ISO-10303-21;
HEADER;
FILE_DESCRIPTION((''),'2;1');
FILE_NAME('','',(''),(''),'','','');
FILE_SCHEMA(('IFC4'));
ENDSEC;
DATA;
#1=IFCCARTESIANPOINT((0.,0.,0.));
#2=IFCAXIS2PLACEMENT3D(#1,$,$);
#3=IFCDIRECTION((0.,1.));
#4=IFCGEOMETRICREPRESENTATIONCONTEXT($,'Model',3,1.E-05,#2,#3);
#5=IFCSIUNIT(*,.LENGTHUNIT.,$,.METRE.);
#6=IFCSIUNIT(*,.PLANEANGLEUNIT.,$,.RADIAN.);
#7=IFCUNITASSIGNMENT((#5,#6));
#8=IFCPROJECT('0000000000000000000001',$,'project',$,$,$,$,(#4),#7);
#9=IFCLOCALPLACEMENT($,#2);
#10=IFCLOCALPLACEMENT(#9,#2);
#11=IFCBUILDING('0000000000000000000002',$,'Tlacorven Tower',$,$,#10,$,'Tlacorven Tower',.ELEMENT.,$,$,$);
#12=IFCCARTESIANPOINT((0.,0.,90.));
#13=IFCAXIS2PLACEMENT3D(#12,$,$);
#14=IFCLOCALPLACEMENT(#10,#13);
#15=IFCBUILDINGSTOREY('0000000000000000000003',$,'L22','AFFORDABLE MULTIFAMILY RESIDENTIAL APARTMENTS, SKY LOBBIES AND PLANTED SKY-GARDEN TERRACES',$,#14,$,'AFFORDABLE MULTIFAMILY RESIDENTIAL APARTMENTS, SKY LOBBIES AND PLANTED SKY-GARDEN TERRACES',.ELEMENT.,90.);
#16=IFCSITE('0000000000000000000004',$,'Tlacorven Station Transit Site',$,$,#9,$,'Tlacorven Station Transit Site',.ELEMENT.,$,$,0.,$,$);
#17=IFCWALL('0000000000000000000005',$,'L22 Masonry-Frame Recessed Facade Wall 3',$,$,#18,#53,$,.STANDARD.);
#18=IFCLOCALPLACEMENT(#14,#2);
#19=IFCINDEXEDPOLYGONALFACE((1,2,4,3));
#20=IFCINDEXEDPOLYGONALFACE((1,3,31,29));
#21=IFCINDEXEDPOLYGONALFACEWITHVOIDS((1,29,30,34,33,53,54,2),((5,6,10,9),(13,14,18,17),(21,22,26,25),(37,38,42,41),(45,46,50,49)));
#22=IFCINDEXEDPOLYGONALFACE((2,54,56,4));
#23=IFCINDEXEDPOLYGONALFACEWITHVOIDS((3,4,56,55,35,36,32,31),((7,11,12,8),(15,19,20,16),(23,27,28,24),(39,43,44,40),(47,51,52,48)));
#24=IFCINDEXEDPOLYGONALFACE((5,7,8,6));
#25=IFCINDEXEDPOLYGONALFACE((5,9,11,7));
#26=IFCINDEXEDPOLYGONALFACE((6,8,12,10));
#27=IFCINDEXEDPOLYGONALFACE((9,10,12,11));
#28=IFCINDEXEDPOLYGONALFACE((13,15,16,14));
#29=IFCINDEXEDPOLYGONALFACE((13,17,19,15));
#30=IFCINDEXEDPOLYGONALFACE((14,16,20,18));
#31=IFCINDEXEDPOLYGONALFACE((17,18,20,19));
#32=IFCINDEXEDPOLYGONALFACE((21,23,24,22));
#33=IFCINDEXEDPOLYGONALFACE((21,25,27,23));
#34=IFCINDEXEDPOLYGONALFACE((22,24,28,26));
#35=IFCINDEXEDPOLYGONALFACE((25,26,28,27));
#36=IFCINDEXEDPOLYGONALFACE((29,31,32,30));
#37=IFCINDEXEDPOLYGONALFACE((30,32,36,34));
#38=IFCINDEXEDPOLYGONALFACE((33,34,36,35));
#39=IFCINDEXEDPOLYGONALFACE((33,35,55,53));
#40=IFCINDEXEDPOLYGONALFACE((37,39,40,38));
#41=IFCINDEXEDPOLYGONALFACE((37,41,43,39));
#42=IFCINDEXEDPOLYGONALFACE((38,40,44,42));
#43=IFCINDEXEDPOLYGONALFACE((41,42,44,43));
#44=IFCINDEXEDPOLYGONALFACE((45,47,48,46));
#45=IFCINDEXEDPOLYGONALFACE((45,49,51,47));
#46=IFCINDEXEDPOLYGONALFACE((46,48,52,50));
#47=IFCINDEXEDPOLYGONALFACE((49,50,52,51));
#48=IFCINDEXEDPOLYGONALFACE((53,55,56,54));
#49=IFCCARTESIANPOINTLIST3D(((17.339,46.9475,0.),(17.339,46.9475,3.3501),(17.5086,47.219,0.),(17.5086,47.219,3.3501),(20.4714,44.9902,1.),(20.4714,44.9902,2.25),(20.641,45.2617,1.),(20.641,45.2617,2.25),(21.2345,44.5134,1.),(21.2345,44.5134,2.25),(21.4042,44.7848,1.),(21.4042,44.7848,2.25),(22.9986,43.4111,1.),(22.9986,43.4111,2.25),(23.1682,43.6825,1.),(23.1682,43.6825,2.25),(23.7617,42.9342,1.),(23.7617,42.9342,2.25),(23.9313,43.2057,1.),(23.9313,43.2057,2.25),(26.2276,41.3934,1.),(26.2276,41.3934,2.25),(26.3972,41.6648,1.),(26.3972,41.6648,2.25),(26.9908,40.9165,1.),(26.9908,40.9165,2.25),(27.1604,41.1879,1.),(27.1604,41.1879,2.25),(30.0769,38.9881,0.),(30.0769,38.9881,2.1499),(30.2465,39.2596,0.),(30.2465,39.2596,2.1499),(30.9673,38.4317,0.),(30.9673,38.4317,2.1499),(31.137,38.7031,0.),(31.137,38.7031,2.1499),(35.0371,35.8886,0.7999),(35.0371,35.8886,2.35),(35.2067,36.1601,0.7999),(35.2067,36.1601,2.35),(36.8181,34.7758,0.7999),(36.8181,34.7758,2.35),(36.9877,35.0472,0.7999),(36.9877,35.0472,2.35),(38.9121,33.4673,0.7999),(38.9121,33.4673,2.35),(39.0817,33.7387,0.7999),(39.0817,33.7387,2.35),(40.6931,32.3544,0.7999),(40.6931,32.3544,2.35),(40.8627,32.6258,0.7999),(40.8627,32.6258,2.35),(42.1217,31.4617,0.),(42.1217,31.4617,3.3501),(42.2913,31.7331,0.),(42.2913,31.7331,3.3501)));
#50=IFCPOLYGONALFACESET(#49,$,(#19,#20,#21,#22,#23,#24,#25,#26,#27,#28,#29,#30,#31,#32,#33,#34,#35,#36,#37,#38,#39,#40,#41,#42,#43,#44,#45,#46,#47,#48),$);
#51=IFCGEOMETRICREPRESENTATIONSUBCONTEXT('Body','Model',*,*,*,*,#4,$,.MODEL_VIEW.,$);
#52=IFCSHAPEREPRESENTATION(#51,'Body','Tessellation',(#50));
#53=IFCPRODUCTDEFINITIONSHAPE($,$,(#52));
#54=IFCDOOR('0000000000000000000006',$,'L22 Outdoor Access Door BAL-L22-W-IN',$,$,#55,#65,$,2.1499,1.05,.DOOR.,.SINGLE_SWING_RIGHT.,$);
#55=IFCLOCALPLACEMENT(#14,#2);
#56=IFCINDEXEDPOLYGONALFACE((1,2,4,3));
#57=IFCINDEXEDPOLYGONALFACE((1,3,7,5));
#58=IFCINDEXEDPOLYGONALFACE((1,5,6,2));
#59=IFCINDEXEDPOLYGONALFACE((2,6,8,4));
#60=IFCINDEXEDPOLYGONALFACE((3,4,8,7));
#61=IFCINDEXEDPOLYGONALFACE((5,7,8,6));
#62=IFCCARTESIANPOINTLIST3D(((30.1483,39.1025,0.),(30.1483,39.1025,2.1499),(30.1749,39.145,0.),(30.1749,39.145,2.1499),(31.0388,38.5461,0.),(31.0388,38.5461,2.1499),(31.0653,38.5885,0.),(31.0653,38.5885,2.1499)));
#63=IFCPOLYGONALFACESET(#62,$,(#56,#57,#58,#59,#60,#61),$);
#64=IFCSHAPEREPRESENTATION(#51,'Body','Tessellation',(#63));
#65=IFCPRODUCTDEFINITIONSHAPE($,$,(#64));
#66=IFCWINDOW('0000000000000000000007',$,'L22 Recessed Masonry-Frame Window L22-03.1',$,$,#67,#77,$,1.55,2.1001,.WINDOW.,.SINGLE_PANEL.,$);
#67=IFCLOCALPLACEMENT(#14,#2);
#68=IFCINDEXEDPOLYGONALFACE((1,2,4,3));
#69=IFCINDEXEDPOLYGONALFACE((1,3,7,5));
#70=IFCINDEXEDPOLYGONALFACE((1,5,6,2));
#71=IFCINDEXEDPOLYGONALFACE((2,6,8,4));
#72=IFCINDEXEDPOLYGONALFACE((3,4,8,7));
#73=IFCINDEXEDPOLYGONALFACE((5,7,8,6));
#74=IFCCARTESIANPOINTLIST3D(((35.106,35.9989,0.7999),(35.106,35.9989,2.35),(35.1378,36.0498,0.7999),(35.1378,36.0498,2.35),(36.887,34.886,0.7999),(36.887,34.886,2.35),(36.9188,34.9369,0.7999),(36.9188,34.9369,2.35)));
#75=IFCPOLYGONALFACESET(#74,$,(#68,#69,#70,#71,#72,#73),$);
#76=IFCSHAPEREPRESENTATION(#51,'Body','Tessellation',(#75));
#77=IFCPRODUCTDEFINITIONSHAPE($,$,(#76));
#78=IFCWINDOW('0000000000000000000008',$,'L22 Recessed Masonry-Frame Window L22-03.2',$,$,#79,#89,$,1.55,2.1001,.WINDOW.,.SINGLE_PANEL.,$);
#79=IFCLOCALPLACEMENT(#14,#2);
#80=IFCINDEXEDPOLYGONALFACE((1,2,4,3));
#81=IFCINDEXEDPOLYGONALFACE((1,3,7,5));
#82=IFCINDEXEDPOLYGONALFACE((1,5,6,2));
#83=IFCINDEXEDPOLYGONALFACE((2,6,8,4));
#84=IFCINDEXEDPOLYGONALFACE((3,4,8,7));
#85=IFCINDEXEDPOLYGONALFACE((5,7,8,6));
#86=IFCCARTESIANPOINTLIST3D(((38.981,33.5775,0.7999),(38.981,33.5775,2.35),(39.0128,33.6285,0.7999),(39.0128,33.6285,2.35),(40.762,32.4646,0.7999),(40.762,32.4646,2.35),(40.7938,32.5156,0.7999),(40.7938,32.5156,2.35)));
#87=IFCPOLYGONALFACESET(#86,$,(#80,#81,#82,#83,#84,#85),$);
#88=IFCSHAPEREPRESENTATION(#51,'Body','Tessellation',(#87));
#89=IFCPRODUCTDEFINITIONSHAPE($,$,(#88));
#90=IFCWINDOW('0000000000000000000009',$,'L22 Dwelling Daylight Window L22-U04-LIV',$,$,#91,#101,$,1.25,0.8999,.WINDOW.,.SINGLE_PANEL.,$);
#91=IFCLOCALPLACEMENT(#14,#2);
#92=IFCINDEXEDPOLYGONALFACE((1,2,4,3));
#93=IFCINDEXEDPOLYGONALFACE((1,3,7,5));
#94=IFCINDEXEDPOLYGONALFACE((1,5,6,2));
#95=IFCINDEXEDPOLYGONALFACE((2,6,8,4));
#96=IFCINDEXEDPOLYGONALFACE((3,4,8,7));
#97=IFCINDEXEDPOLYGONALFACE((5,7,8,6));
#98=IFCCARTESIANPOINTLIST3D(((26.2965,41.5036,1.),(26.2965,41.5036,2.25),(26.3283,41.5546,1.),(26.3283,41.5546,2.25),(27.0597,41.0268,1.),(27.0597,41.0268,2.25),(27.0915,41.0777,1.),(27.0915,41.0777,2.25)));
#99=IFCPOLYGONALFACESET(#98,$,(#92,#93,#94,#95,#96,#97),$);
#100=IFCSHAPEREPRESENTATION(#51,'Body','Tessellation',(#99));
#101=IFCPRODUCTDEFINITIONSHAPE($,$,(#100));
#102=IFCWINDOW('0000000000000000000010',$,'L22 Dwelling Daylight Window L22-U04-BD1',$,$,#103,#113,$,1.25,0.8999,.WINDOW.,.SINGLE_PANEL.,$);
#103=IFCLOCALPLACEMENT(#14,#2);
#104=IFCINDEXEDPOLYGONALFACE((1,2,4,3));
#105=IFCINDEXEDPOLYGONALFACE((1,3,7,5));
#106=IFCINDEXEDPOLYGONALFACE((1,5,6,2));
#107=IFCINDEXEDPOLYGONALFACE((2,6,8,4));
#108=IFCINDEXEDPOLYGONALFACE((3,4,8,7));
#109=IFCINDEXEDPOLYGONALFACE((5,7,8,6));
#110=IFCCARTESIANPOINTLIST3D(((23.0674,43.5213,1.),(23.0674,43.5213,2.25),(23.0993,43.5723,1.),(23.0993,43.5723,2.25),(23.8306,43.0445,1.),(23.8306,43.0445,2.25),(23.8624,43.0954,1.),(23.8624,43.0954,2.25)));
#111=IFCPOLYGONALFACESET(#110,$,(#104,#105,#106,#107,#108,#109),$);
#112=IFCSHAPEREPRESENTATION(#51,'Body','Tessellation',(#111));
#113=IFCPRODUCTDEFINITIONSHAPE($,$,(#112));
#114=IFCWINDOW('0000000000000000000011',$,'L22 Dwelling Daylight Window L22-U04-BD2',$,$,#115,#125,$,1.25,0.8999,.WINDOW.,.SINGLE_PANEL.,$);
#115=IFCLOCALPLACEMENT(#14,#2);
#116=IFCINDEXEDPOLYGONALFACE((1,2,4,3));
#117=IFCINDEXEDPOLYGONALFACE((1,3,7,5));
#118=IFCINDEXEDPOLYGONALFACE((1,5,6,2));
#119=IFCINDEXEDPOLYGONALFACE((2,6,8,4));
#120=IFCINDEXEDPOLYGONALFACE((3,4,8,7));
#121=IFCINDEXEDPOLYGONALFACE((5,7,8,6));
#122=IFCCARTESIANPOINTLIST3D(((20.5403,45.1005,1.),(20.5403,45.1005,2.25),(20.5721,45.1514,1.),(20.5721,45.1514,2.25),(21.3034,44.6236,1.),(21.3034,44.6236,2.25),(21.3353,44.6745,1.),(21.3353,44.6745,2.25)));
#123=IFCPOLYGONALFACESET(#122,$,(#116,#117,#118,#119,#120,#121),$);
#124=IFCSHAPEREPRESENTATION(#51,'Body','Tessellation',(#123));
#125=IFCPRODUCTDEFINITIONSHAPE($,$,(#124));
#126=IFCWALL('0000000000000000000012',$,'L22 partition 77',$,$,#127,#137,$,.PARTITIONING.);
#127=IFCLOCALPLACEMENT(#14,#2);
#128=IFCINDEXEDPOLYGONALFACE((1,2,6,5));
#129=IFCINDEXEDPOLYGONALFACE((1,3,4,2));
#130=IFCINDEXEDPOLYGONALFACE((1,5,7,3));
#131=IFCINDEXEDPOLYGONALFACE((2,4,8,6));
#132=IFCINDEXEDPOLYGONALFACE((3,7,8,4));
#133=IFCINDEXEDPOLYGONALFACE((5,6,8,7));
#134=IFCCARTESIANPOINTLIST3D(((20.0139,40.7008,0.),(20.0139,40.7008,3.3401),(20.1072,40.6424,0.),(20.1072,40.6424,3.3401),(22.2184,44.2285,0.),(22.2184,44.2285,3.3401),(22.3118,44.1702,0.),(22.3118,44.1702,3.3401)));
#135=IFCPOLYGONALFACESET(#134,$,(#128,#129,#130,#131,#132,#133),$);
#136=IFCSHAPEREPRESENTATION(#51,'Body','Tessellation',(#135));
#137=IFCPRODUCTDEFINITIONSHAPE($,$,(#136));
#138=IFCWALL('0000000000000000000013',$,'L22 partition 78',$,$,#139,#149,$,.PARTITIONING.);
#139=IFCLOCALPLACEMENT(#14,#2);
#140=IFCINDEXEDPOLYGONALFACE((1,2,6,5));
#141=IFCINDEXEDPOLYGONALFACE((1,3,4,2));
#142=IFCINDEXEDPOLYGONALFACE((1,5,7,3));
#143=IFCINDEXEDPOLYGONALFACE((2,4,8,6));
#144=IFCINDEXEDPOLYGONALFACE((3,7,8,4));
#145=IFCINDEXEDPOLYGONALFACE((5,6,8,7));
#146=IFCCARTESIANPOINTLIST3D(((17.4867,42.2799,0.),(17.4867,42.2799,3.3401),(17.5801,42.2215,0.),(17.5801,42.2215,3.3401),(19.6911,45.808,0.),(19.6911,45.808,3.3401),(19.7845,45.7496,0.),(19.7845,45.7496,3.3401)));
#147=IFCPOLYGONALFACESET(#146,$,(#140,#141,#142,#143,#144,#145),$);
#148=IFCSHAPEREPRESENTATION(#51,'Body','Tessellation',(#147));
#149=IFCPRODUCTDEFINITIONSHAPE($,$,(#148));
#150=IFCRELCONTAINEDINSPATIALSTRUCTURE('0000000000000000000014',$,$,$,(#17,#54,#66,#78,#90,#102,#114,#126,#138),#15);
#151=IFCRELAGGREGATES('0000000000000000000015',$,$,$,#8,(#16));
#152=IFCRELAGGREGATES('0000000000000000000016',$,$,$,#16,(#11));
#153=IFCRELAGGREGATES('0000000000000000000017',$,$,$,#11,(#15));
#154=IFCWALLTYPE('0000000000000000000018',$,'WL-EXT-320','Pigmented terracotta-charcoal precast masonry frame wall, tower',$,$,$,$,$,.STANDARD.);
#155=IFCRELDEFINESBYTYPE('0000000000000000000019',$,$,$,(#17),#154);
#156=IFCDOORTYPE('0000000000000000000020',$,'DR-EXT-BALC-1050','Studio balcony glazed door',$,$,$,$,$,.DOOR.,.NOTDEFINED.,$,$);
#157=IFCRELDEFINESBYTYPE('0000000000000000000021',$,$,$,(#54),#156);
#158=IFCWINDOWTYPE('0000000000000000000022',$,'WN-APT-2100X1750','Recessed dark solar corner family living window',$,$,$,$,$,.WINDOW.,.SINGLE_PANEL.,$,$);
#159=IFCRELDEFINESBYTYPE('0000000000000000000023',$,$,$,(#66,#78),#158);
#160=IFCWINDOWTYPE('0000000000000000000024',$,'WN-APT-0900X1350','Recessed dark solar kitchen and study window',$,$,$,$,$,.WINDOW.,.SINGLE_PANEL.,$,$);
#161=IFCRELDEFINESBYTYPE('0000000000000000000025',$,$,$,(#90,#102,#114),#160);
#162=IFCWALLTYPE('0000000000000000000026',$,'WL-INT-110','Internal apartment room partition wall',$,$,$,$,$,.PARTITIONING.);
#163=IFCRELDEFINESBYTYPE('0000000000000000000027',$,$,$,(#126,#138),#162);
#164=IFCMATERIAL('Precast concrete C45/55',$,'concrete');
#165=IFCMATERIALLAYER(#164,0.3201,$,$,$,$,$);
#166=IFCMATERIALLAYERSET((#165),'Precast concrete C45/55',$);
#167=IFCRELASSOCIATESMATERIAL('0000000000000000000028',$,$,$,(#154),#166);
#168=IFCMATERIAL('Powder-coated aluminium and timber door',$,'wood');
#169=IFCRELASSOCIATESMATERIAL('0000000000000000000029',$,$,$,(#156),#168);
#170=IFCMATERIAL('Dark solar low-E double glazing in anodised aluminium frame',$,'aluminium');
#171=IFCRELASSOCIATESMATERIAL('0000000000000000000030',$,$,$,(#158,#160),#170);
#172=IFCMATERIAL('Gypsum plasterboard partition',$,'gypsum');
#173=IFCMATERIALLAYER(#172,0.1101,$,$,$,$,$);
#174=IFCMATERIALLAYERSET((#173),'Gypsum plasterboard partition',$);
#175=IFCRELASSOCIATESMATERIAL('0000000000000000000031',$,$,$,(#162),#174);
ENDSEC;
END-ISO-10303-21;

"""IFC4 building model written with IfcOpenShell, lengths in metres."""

from ifc_helpers import new_model, si_unit, direction, frame, frame_2d, origin, place, context, subcontext, project, spatial, rectangle, extrude, source, transform, mapped, material, layer, layer_set, type_object, element, fill, save


model = new_model("IFC4")

# Units and contexts
model_context = context("Model", 3, precision=1e-05, world=origin(), true_north=direction((0.0, 1.0)))
body_context = subcontext(model_context, "Body", "Model", "MODEL_VIEW")
ifc_project = project(units=[si_unit("LENGTHUNIT", "METRE"), si_unit("PLANEANGLEUNIT", "RADIAN")], contexts=[model_context])

# Site, building, storey
site_placement = place(None, origin())
site = spatial("IfcSite", under=ifc_project, at=site_placement, Name="Tlacorven Station Transit Site", LongName="Tlacorven Station Transit Site", CompositionType="ELEMENT", RefElevation=0.0)
building_placement = place(site_placement, origin())
building = spatial("IfcBuilding", under=site, at=building_placement, Name="Tlacorven Tower", LongName="Tlacorven Tower", CompositionType="ELEMENT")
storey_placement = place(building_placement, frame((0.0, 0.0, 90.0)))
storey = spatial("IfcBuildingStorey", under=building, at=storey_placement, Name="L22", Description="AFFORDABLE MULTIFAMILY RESIDENTIAL APARTMENTS, SKY LOBBIES AND PLANTED SKY-GARDEN TERRACES", LongName="AFFORDABLE MULTIFAMILY RESIDENTIAL APARTMENTS, SKY LOBBIES AND PLANTED SKY-GARDEN TERRACES", CompositionType="ELEMENT", Elevation=90.0)

# Wall, openings, door, windows
ifc_material_1 = material(Name="Precast concrete C45/55", Category="concrete")
ifc_layer_1 = layer(ifc_material_1, 0.3201)
ifc_layer_set_1 = layer_set([ifc_layer_1], Name="Precast concrete C45/55")
wall_type_1 = type_object("IfcWallType", Name="WL-EXT-320", Description="Pigmented terracotta-charcoal precast masonry frame wall, tower", PredefinedType="STANDARD", material=ifc_layer_set_1)
wall_1_placement = place(storey_placement, frame((17.4238, 47.0833, 0.0), z_axis=(0.0, 0.0, 1.0), x_axis=(0.84805, -0.529916, 0.0)))
wall_1 = element("IfcWall", 1, at=wall_1_placement, inside=storey, type_object=wall_type_1, Name="L22 Masonry-Frame Recessed Facade Wall 3", PredefinedType="STANDARD", context=body_context, shape_type="SweptSolid", body=[
    extrude(rectangle(XDim=29.2231, YDim=0.3201, at=frame_2d((14.6116, 0.0))), origin(), (0.0, 0.0, 1.0), 3.3501),
])
opening_1_placement = place(wall_1_placement, frame((15.0203, 0.0, 0.0)))
opening_1 = element("IfcOpeningElement", 2, at=opening_1_placement, cuts=wall_1, PredefinedType="OPENING", context=body_context, shape_type="SweptSolid", body=[
    extrude(rectangle(XDim=1.05, YDim=2.1499, at=frame_2d((0.5249, 1.075))), frame((0.0, 0.1699, 0.0), z_axis=(0.0, -1.0, 0.0), x_axis=(1.0, 0.0, 0.0)), (0.0, 0.0, 1.0), 0.3401),
])
opening_2_placement = place(wall_1_placement, frame((20.8691, 0.0, 0.8)))
opening_2 = element("IfcOpeningElement", 3, at=opening_2_placement, cuts=wall_1, PredefinedType="OPENING", context=body_context, shape_type="SweptSolid", body=[
    extrude(rectangle(XDim=2.1001, YDim=1.55, at=frame_2d((1.05, 0.7749))), frame((0.0, 0.1699, 0.0), z_axis=(0.0, -1.0, 0.0), x_axis=(1.0, 0.0, 0.0)), (0.0, 0.0, 1.0), 0.3401),
])
opening_3_placement = place(wall_1_placement, frame((25.4385, 0.0, 0.8)))
opening_3 = element("IfcOpeningElement", 4, at=opening_3_placement, cuts=wall_1, PredefinedType="OPENING", context=body_context, shape_type="SweptSolid", body=[
    extrude(rectangle(XDim=2.1001, YDim=1.55, at=frame_2d((1.05, 0.7749))), frame((0.0, 0.1699, 0.0), z_axis=(0.0, -1.0, 0.0), x_axis=(1.0, 0.0, 0.0)), (0.0, 0.0, 1.0), 0.3401),
])
opening_4_placement = place(wall_1_placement, frame((10.4812, 0.0, 1.0)))
opening_4 = element("IfcOpeningElement", 5, at=opening_4_placement, cuts=wall_1, PredefinedType="OPENING", context=body_context, shape_type="SweptSolid", body=[
    extrude(rectangle(XDim=0.8999, YDim=1.25, at=frame_2d((0.45, 0.625))), frame((0.0, 0.1699, 0.0), z_axis=(0.0, -1.0, 0.0), x_axis=(1.0, 0.0, 0.0)), (0.0, 0.0, 1.0), 0.3401),
])
opening_5_placement = place(wall_1_placement, frame((6.6736, 0.0, 1.0)))
opening_5 = element("IfcOpeningElement", 6, at=opening_5_placement, cuts=wall_1, PredefinedType="OPENING", context=body_context, shape_type="SweptSolid", body=[
    extrude(rectangle(XDim=0.8999, YDim=1.25, at=frame_2d((0.45, 0.625))), frame((0.0, 0.1699, 0.0), z_axis=(0.0, -1.0, 0.0), x_axis=(1.0, 0.0, 0.0)), (0.0, 0.0, 1.0), 0.3401),
])
opening_6_placement = place(wall_1_placement, frame((3.6936, 0.0, 1.0)))
opening_6 = element("IfcOpeningElement", 7, at=opening_6_placement, cuts=wall_1, PredefinedType="OPENING", context=body_context, shape_type="SweptSolid", body=[
    extrude(rectangle(XDim=0.8999, YDim=1.25, at=frame_2d((0.45, 0.625))), frame((0.0, 0.1699, 0.0), z_axis=(0.0, -1.0, 0.0), x_axis=(1.0, 0.0, 0.0)), (0.0, 0.0, 1.0), 0.3401),
])
ifc_material_2 = material(Name="Powder-coated aluminium and timber door", Category="wood")
door_type = type_object("IfcDoorType", Name="DR-EXT-BALC-1050", Description="Studio balcony glazed door", OperationType="NOTDEFINED", PredefinedType="DOOR", material=ifc_material_2)
shared_shape_1 = source(origin(), body_context, "Body", "SweptSolid", [
    extrude(rectangle(XDim=1.05, YDim=2.1499, at=frame_2d((0.5249, 1.075))), frame((0.0, 0.0249, 0.0), z_axis=(0.0, -1.0, 0.0), x_axis=(1.0, 0.0, 0.0)), (0.0, 0.0, 1.0), 0.05),
])
door_placement = place(opening_1_placement, origin())
door = element("IfcDoor", 8, at=door_placement, inside=storey, type_object=door_type, Name="L22 Outdoor Access Door BAL-L22-W-IN", OperationType="SINGLE_SWING_RIGHT", OverallHeight=2.1499, OverallWidth=1.05, PredefinedType="DOOR", context=body_context, shape_type="MappedRepresentation", body=[
    mapped(shared_shape_1, transform((0.0, 0.0, 0.0), scale=1.0)),
])
fill(opening_1, door)
ifc_material_3 = material(Name="Dark solar low-E double glazing in anodised aluminium frame", Category="aluminium")
window_type_1 = type_object("IfcWindowType", Name="WN-APT-2100X1750", Description="Recessed dark solar corner family living window", PartitioningType="SINGLE_PANEL", PredefinedType="WINDOW", material=ifc_material_3)
shared_shape_2 = source(origin(), body_context, "Body", "SweptSolid", [
    extrude(rectangle(XDim=2.1001, YDim=1.55, at=frame_2d((1.05, 0.7749))), frame((0.0, 0.03, 0.0), z_axis=(0.0, -1.0, 0.0), x_axis=(1.0, 0.0, 0.0)), (0.0, 0.0, 1.0), 0.0601),
])
window_1_placement = place(opening_2_placement, origin())
window_1 = element("IfcWindow", 9, at=window_1_placement, inside=storey, type_object=window_type_1, Name="L22 Recessed Masonry-Frame Window L22-03.1", OverallHeight=1.55, OverallWidth=2.1001, PartitioningType="SINGLE_PANEL", PredefinedType="WINDOW", context=body_context, shape_type="MappedRepresentation", body=[
    mapped(shared_shape_2, transform((0.0, 0.0, 0.0), scale=1.0)),
])
fill(opening_2, window_1)
window_2_placement = place(opening_3_placement, origin())
window_2 = element("IfcWindow", 10, at=window_2_placement, inside=storey, type_object=window_type_1, Name="L22 Recessed Masonry-Frame Window L22-03.2", OverallHeight=1.55, OverallWidth=2.1001, PartitioningType="SINGLE_PANEL", PredefinedType="WINDOW", context=body_context, shape_type="MappedRepresentation", body=[
    mapped(shared_shape_2, transform((0.0, 0.0, 0.0), scale=1.0)),
])
fill(opening_3, window_2)
window_type_2 = type_object("IfcWindowType", Name="WN-APT-0900X1350", Description="Recessed dark solar kitchen and study window", PartitioningType="SINGLE_PANEL", PredefinedType="WINDOW", material=ifc_material_3)
shared_shape_3 = source(origin(), body_context, "Body", "SweptSolid", [
    extrude(rectangle(XDim=0.8999, YDim=1.25, at=frame_2d((0.45, 0.625))), frame((0.0, 0.03, 0.0), z_axis=(0.0, -1.0, 0.0), x_axis=(1.0, 0.0, 0.0)), (0.0, 0.0, 1.0), 0.0601),
])
window_3_placement = place(opening_4_placement, origin())
window_3 = element("IfcWindow", 11, at=window_3_placement, inside=storey, type_object=window_type_2, Name="L22 Dwelling Daylight Window L22-U04-LIV", OverallHeight=1.25, OverallWidth=0.8999, PartitioningType="SINGLE_PANEL", PredefinedType="WINDOW", context=body_context, shape_type="MappedRepresentation", body=[
    mapped(shared_shape_3, transform((0.0, 0.0, 0.0), scale=1.0)),
])
fill(opening_4, window_3)
window_4_placement = place(opening_5_placement, origin())
window_4 = element("IfcWindow", 12, at=window_4_placement, inside=storey, type_object=window_type_2, Name="L22 Dwelling Daylight Window L22-U04-BD1", OverallHeight=1.25, OverallWidth=0.8999, PartitioningType="SINGLE_PANEL", PredefinedType="WINDOW", context=body_context, shape_type="MappedRepresentation", body=[
    mapped(shared_shape_3, transform((0.0, 0.0, 0.0), scale=1.0)),
])
fill(opening_5, window_4)
window_5_placement = place(opening_6_placement, origin())
window_5 = element("IfcWindow", 13, at=window_5_placement, inside=storey, type_object=window_type_2, Name="L22 Dwelling Daylight Window L22-U04-BD2", OverallHeight=1.25, OverallWidth=0.8999, PartitioningType="SINGLE_PANEL", PredefinedType="WINDOW", context=body_context, shape_type="MappedRepresentation", body=[
    mapped(shared_shape_3, transform((0.0, 0.0, 0.0), scale=1.0)),
])
fill(opening_6, window_5)

# Walls
ifc_material_4 = material(Name="Gypsum plasterboard partition", Category="gypsum")
ifc_layer_2 = layer(ifc_material_4, 0.1101)
ifc_layer_set_2 = layer_set([ifc_layer_2], Name="Gypsum plasterboard partition")
wall_type_2 = type_object("IfcWallType", Name="WL-INT-110", Description="Internal apartment room partition wall", PredefinedType="PARTITIONING", material=ifc_layer_set_2)
wall_2_placement = place(storey_placement, frame((22.2651, 44.1995, 0.0), z_axis=(0.0, 0.0, 1.0), x_axis=(-0.529946, -0.848031, 0.0)))
element("IfcWall", 14, at=wall_2_placement, inside=storey, type_object=wall_type_2, Name="L22 partition 77", PredefinedType="PARTITIONING", context=body_context, shape_type="SweptSolid", body=[
    extrude(rectangle(XDim=4.1599, YDim=0.1101, at=frame_2d((2.0801, 0.0))), origin(), (0.0, 0.0, 1.0), 3.3401),
])
wall_3_placement = place(storey_placement, frame((19.7378, 45.7788, 0.0), z_axis=(0.0, 0.0, 1.0), x_axis=(-0.529878, -0.848074, 0.0)))
element("IfcWall", 15, at=wall_3_placement, inside=storey, type_object=wall_type_2, Name="L22 partition 78", PredefinedType="PARTITIONING", context=body_context, shape_type="SweptSolid", body=[
    extrude(rectangle(XDim=4.1602, YDim=0.1101, at=frame_2d((2.0801, 0.0))), origin(), (0.0, 0.0, 1.0), 3.3401),
])

save(model, "model.ifc")
